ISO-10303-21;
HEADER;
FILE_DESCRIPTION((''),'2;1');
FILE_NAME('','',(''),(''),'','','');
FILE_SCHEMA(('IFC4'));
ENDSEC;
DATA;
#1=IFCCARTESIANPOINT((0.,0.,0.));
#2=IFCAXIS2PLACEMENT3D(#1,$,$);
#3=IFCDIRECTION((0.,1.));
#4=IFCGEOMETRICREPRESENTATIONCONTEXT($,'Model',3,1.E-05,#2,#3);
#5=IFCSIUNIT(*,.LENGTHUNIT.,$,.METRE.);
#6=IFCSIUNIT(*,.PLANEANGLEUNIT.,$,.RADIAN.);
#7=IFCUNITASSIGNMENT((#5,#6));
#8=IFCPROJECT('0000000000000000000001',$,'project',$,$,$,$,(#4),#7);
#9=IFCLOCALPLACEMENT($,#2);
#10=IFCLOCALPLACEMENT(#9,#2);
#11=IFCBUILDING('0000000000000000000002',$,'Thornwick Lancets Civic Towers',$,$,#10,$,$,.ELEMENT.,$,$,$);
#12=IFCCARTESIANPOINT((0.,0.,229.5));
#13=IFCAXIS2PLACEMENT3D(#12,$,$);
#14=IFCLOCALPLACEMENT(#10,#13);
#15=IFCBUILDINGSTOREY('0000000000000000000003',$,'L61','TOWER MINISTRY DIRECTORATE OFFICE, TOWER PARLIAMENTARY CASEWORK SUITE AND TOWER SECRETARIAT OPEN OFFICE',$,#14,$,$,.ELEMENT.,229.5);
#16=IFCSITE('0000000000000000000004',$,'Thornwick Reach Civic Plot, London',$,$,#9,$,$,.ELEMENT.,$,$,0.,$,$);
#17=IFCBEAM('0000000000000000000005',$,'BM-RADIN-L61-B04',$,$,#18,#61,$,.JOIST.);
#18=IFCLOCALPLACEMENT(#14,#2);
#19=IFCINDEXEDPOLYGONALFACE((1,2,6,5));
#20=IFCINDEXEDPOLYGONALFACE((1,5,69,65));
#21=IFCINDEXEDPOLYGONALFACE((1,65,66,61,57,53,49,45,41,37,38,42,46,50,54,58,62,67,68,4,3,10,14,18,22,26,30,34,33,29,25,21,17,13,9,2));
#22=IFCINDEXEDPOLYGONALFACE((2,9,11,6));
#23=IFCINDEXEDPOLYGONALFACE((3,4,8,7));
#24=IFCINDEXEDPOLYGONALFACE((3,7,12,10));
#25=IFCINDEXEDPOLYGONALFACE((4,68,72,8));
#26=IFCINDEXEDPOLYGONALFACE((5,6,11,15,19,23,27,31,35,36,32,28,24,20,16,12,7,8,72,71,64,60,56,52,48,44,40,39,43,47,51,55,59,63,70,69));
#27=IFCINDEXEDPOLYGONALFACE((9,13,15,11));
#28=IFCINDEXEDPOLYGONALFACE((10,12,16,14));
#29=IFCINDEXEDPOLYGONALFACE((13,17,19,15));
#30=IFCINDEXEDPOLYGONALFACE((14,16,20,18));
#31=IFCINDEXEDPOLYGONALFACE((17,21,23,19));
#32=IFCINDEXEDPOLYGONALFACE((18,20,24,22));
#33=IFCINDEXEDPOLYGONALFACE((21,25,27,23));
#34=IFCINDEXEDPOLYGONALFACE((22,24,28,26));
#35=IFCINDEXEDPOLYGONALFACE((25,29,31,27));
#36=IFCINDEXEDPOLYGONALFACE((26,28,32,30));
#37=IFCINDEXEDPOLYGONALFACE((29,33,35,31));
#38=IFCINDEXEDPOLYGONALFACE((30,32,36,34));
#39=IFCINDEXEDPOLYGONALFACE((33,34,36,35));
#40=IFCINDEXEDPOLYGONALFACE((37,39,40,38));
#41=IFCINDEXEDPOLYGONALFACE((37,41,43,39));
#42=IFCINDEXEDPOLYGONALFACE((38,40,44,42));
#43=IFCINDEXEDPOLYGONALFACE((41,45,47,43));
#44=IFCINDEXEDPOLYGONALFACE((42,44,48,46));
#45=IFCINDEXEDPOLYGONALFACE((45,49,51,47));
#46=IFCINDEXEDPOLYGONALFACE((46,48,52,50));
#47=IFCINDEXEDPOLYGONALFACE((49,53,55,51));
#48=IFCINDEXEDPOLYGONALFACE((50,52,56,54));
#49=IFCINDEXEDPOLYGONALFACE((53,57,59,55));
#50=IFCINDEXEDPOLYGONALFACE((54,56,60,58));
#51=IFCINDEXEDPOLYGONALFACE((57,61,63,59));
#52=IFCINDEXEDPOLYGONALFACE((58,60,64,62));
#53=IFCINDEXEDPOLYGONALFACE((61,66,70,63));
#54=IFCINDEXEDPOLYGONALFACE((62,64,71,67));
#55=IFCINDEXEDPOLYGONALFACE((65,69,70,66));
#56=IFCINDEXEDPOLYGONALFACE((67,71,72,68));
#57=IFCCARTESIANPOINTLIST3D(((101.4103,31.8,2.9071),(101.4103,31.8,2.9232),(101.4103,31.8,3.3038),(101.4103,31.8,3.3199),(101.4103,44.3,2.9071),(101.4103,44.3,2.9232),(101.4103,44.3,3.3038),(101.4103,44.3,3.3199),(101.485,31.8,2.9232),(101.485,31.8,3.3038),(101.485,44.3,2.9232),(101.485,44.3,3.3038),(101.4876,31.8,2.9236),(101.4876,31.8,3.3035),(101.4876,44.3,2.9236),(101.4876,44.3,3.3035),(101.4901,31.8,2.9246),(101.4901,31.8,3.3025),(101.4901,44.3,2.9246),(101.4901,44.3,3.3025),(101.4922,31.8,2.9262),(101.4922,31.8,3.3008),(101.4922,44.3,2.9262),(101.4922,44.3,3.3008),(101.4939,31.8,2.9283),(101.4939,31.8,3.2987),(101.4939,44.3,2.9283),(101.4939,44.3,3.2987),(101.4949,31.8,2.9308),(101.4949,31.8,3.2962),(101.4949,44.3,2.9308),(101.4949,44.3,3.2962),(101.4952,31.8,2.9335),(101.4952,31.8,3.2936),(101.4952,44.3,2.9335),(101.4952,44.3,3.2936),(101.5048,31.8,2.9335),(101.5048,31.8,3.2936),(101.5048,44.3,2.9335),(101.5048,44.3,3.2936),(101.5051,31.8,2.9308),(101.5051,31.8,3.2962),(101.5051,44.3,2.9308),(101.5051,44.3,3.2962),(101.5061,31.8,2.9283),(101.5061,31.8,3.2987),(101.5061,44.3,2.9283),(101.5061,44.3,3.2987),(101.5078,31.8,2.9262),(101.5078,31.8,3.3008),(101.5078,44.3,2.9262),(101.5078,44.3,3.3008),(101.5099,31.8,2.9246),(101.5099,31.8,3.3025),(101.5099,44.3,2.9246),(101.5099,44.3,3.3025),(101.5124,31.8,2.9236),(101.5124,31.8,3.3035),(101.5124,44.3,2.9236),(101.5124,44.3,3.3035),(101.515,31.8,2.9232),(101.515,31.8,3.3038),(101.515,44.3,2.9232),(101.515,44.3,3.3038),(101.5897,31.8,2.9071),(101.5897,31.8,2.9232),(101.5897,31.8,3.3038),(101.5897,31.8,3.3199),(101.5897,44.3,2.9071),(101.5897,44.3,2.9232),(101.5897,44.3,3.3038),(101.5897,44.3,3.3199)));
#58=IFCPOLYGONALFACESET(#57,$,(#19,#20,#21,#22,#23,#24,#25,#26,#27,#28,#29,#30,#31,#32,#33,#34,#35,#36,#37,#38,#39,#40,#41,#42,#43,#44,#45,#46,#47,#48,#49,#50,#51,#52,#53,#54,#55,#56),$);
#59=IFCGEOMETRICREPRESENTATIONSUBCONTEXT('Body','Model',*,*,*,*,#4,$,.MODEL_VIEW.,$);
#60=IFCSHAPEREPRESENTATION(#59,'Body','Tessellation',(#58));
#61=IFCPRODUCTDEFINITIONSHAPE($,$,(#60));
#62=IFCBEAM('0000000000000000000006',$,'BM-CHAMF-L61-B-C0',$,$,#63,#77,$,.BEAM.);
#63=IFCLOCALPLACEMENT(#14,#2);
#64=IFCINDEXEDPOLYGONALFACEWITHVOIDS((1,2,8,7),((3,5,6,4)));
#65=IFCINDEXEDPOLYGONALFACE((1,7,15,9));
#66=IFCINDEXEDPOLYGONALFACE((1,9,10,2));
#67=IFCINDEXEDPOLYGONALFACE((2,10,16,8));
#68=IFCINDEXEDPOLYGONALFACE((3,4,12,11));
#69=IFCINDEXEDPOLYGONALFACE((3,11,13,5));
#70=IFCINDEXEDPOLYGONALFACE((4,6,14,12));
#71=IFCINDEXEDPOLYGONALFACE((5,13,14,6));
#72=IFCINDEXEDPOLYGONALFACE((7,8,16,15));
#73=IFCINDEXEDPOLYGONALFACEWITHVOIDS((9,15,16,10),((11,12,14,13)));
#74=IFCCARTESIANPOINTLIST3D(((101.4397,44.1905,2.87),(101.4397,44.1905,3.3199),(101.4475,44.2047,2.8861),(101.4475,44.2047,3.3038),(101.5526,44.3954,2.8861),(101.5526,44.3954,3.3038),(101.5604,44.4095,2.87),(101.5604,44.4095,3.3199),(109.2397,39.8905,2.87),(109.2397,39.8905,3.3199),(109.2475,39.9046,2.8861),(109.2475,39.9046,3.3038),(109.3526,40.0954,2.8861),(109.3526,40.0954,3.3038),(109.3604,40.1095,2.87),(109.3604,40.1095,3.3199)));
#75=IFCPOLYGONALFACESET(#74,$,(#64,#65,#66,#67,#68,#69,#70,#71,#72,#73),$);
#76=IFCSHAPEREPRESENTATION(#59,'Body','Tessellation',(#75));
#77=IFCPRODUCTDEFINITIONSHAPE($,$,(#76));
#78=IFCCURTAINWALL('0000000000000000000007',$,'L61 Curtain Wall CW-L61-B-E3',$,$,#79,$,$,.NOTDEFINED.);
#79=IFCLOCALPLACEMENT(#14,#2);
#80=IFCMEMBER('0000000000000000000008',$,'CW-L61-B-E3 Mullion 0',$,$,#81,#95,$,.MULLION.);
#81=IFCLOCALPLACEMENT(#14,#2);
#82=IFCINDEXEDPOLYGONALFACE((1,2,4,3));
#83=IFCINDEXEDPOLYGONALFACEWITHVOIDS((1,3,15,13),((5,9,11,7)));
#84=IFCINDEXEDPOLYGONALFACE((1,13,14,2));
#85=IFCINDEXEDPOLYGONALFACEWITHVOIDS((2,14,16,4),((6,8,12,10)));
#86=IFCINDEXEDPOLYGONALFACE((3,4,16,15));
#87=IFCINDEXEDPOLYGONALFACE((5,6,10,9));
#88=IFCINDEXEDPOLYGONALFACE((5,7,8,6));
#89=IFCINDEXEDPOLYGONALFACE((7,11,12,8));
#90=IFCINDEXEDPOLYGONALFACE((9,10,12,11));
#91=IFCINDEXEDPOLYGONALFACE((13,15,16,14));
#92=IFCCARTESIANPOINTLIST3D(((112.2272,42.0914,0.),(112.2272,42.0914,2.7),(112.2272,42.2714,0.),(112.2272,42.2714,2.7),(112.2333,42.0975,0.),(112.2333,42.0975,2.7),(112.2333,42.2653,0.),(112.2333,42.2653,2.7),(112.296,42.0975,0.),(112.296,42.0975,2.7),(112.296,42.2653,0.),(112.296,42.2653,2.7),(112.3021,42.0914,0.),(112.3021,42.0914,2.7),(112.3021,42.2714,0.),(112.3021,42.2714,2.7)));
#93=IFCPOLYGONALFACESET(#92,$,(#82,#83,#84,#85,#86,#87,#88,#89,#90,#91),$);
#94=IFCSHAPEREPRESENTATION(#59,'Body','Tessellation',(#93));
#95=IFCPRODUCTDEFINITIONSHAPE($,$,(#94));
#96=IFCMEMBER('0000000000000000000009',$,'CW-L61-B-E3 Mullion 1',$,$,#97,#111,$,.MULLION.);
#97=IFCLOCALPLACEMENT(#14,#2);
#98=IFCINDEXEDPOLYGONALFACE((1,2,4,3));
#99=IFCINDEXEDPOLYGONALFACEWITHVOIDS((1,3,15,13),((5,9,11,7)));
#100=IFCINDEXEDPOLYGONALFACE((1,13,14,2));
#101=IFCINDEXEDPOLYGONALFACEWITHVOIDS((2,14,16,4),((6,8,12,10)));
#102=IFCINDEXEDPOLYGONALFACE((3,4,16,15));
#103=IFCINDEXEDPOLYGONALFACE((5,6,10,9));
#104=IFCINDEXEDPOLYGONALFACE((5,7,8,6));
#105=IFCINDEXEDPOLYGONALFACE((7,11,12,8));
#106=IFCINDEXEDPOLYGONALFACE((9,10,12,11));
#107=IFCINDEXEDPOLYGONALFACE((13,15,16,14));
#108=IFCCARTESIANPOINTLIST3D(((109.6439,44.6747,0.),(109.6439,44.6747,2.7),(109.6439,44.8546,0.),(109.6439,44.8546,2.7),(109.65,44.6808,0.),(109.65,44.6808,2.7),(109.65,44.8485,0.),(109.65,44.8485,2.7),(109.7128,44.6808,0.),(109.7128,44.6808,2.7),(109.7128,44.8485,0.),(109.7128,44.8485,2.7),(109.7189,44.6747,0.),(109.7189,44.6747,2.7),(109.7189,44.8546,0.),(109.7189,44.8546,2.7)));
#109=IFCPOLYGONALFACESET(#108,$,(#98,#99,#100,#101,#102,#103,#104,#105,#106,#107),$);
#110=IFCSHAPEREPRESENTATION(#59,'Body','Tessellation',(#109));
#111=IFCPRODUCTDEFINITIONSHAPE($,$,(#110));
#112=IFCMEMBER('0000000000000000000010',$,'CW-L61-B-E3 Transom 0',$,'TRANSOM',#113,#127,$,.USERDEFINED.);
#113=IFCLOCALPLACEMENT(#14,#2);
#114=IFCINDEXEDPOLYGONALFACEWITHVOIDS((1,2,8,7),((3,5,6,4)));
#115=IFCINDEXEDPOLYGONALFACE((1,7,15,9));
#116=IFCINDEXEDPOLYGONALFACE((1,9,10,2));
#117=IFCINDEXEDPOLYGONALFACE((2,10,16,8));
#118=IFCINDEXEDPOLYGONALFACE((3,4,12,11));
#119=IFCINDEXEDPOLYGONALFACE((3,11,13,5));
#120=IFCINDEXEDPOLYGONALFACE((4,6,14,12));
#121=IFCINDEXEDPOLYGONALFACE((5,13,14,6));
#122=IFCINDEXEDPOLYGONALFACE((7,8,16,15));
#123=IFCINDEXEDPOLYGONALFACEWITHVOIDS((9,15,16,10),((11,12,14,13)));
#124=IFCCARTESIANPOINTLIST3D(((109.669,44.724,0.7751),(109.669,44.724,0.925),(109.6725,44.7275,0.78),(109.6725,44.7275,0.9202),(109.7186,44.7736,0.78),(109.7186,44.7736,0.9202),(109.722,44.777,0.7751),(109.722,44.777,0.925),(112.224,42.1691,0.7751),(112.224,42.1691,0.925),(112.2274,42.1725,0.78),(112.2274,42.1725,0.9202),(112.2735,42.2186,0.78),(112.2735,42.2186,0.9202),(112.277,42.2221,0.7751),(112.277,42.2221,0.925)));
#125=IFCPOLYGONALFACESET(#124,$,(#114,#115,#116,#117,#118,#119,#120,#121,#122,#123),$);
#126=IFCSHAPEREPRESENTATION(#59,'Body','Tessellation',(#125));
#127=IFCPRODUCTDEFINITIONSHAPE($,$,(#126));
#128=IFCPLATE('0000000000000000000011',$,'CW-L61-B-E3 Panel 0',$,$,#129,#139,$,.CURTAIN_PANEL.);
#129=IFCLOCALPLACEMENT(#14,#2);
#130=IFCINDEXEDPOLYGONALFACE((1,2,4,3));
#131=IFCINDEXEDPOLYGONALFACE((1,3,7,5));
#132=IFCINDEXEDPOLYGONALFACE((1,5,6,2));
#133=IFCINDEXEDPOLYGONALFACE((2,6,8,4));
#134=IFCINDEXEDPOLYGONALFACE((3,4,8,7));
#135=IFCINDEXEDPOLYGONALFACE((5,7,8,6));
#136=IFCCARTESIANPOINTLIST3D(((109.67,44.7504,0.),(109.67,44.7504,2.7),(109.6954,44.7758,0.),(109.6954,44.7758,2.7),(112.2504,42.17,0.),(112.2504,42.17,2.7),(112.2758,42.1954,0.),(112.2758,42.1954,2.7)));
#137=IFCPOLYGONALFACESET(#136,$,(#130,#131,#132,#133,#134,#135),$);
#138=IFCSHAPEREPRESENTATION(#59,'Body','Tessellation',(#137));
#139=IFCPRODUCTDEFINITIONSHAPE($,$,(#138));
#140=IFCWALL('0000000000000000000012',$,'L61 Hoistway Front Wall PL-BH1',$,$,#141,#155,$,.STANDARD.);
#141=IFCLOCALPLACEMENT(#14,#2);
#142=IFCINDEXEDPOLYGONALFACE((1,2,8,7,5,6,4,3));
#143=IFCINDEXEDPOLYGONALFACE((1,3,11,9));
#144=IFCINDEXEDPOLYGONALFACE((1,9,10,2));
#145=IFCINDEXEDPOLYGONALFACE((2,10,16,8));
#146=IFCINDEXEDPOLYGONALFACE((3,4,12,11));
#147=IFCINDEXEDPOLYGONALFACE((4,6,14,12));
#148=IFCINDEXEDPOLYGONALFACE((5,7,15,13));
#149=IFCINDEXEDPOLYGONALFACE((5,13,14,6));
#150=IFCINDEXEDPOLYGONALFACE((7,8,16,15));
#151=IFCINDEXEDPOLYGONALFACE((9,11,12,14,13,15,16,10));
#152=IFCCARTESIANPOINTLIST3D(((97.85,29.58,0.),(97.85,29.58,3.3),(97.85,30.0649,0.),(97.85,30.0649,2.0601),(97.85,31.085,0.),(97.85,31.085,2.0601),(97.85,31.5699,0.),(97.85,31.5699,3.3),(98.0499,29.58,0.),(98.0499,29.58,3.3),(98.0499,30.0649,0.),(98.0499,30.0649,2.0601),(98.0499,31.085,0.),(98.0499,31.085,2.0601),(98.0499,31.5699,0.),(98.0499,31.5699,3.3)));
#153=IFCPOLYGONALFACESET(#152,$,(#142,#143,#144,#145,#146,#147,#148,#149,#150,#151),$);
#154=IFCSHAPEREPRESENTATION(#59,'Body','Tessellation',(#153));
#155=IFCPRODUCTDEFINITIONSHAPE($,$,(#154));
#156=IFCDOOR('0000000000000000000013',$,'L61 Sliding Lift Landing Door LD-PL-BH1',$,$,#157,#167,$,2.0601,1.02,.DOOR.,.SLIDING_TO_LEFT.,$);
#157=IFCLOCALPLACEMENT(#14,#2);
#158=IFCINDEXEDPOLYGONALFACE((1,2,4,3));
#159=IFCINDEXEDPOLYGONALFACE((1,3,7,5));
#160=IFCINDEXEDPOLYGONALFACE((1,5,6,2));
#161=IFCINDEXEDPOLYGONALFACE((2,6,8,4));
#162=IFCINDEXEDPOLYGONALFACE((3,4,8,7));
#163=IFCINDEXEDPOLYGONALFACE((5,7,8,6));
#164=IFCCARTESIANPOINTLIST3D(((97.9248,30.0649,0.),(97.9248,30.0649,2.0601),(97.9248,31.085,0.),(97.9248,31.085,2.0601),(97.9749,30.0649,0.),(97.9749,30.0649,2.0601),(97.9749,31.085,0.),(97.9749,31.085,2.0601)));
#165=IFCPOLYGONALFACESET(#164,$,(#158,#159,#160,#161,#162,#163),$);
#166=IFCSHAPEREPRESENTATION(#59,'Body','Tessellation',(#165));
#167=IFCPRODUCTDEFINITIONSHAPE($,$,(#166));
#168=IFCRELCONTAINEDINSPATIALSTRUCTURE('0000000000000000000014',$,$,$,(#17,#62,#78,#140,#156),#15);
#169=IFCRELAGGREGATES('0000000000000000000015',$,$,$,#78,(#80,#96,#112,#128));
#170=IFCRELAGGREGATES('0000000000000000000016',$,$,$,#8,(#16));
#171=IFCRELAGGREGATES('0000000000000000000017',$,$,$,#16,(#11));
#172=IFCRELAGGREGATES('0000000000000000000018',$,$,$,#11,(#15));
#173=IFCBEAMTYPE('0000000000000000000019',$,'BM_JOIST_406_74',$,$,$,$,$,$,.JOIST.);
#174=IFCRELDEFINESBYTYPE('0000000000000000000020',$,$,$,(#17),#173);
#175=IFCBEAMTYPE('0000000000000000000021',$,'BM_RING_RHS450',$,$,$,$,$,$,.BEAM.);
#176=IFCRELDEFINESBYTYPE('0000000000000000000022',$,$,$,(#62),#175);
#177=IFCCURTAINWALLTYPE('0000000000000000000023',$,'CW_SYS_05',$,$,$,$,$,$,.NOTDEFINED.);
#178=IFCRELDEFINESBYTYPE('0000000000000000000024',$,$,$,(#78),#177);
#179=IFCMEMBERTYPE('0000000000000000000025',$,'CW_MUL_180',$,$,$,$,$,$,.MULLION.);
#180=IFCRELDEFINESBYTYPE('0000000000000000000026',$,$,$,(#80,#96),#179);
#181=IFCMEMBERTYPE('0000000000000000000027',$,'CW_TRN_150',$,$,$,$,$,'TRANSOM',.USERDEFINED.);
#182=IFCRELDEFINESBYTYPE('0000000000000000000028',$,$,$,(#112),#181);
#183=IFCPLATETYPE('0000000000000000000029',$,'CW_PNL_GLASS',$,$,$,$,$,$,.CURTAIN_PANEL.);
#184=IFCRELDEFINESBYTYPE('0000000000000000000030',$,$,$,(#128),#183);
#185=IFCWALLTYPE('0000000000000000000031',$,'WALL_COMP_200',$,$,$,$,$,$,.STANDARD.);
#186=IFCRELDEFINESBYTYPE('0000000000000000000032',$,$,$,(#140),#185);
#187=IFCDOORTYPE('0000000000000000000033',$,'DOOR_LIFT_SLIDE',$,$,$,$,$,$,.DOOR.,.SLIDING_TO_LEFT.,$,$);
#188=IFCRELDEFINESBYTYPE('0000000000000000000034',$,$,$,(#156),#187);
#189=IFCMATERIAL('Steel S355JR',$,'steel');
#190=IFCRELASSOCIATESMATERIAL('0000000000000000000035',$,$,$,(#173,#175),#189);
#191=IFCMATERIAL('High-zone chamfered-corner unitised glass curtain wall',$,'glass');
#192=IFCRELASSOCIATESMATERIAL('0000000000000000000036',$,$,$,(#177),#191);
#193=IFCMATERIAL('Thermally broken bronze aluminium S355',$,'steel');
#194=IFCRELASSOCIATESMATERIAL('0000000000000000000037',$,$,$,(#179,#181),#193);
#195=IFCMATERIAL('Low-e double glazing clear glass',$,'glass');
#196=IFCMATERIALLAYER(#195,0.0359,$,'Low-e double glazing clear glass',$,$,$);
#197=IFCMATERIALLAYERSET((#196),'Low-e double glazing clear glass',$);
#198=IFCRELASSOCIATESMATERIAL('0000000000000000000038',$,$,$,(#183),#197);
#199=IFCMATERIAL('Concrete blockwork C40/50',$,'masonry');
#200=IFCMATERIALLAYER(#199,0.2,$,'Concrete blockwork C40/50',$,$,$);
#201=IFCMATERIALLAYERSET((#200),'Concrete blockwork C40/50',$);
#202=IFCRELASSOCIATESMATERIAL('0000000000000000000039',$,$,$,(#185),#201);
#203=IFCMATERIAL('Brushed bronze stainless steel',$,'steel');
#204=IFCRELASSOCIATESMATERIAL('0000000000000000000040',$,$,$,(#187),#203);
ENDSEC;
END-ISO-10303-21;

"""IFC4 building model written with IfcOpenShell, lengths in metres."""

from ifc_helpers import new_model, si_unit, direction, frame, frame_2d, origin, origin_2d, place, context, subcontext, project, spatial, rectangle, hollow_rectangle, i_section, extrude, material, layer, layer_set, material_profile, profile_set, type_object, element, fill, aggregate, save


model = new_model("IFC4")

# Units and contexts
model_context = context("Model", 3, precision=1e-05, world=origin(), true_north=direction((0.0, 1.0)))
body_context = subcontext(model_context, "Body", "Model", "MODEL_VIEW")
ifc_project = project(units=[si_unit("LENGTHUNIT", "METRE"), si_unit("PLANEANGLEUNIT", "RADIAN")], contexts=[model_context])

# Site, building, storey
site_placement = place(None, origin())
site = spatial("IfcSite", under=ifc_project, at=site_placement, Name="Thornwick Reach Civic Plot, London", CompositionType="ELEMENT", RefElevation=0.0)
building_placement = place(site_placement, origin())
building = spatial("IfcBuilding", under=site, at=building_placement, Name="Thornwick Lancets Civic Towers", CompositionType="ELEMENT")
storey_placement = place(building_placement, frame((0.0, 0.0, 229.5)))
storey = spatial("IfcBuildingStorey", under=building, at=storey_placement, Name="L61", Description="TOWER MINISTRY DIRECTORATE OFFICE, TOWER PARLIAMENTARY CASEWORK SUITE AND TOWER SECRETARIAT OPEN OFFICE", CompositionType="ELEMENT", Elevation=229.5)

# Shared definitions
ifc_material_1 = material(Name="Steel S355JR", Category="steel")

# Beams
ifc_material_profile_1 = material_profile(ifc_material_1, i_section(OverallWidth=0.1794, OverallDepth=0.4128, WebThickness=0.0095, FlangeThickness=0.0161, FilletRadius=0.0103, at=origin_2d()), Name="UKB 406x178x74")
ifc_profile_set_1 = profile_set([ifc_material_profile_1], Name="Steel S355JR")
beam_type_1 = type_object("IfcBeamType", Name="BM_JOIST_406_74", PredefinedType="JOIST", material=ifc_profile_set_1)
beam_1_placement = place(storey_placement, frame((101.5, 31.8, 3.1135), z_axis=(0.0, 1.0, 0.0), x_axis=(-1.0, 0.0, 0.0)))
element("IfcBeam", 1, at=beam_1_placement, inside=storey, type_object=beam_type_1, Name="BM-RADIN-L61-B04", PredefinedType="JOIST", context=body_context, shape_type="SweptSolid", body=[
    extrude(i_section(OverallWidth=0.1794, OverallDepth=0.4128, WebThickness=0.0095, FlangeThickness=0.0161, FilletRadius=0.0103, at=origin_2d()), origin(), (0.0, 0.0, 1.0), 12.5),
])
ifc_material_profile_2 = material_profile(ifc_material_1, hollow_rectangle(XDim=0.25, YDim=0.45, WallThickness=0.0161, at=origin_2d()), Name="RHS 450x250x16")
ifc_profile_set_2 = profile_set([ifc_material_profile_2], Name="Steel S355JR")
beam_type_2 = type_object("IfcBeamType", Name="BM_RING_RHS450", PredefinedType="BEAM", material=ifc_profile_set_2)
beam_2_placement = place(storey_placement, frame((109.3, 40.0, 3.095), z_axis=(-0.87574, 0.482782, 0.0), x_axis=(-0.482782, -0.87574, 0.0)))
element("IfcBeam", 2, at=beam_2_placement, inside=storey, type_object=beam_type_2, Name="BM-CHAMF-L61-B-C0", PredefinedType="BEAM", context=body_context, shape_type="SweptSolid", body=[
    extrude(hollow_rectangle(XDim=0.25, YDim=0.45, WallThickness=0.0161, at=origin_2d()), origin(), (0.0, 0.0, 1.0), 8.9067),
])

# Curtain wall, members, plate
ifc_material_2 = material(Name="High-zone chamfered-corner unitised glass curtain wall", Category="glass")
curtain_wall_type = type_object("IfcCurtainWallType", Name="CW_SYS_05", PredefinedType="NOTDEFINED", material=ifc_material_2)
curtain_wall_placement = place(storey_placement, origin())
curtain_wall = element("IfcCurtainWall", 3, at=curtain_wall_placement, inside=storey, type_object=curtain_wall_type, Name="L61 Curtain Wall CW-L61-B-E3", PredefinedType="NOTDEFINED")
ifc_material_3 = material(Name="Thermally broken bronze aluminium S355", Category="steel")
ifc_material_profile_3 = material_profile(ifc_material_3, hollow_rectangle(XDim=0.075, YDim=0.1799, WallThickness=0.0061, at=origin_2d()), Name="RHS 180x75x6")
ifc_profile_set_3 = profile_set([ifc_material_profile_3], Name="Thermally broken bronze aluminium S355")
member_type_1 = type_object("IfcMemberType", Name="CW_MUL_180", PredefinedType="MULLION", material=ifc_profile_set_3)
member_1_placement = place(storey_placement, frame((112.2646, 42.1814, 0.0), z_axis=(0.0, 0.0, 1.0), x_axis=(1.0, 0.0, 0.0)))
member_1 = element("IfcMember", 4, at=member_1_placement, type_object=member_type_1, Name="CW-L61-B-E3 Mullion 0", PredefinedType="MULLION", context=body_context, shape_type="SweptSolid", body=[
    extrude(hollow_rectangle(XDim=0.075, YDim=0.1799, WallThickness=0.0061, at=origin_2d()), origin(), (0.0, 0.0, 1.0), 2.7),
])
member_2_placement = place(storey_placement, frame((109.6814, 44.7646, 0.0), z_axis=(0.0, 0.0, 1.0), x_axis=(1.0, 0.0, 0.0)))
member_2 = element("IfcMember", 5, at=member_2_placement, type_object=member_type_1, Name="CW-L61-B-E3 Mullion 1", PredefinedType="MULLION", context=body_context, shape_type="SweptSolid", body=[
    extrude(hollow_rectangle(XDim=0.075, YDim=0.1799, WallThickness=0.0061, at=origin_2d()), origin(), (0.0, 0.0, 1.0), 2.7),
])
ifc_material_profile_4 = material_profile(ifc_material_3, hollow_rectangle(XDim=0.075, YDim=0.1499, WallThickness=0.0049, at=origin_2d()), Name="RHS 150x75x5")
ifc_profile_set_4 = profile_set([ifc_material_profile_4], Name="Thermally broken bronze aluminium S355")
member_type_2 = type_object("IfcMemberType", Name="CW_TRN_150", ElementType="TRANSOM", PredefinedType="USERDEFINED", material=ifc_profile_set_4)
member_3_placement = place(storey_placement, frame((112.2505, 42.1956, 0.8501), z_axis=(-0.707107, 0.707107, 0.0), x_axis=(-0.707107, -0.707107, 0.0)))
member_3 = element("IfcMember", 6, at=member_3_placement, type_object=member_type_2, Name="CW-L61-B-E3 Transom 0", ObjectType="TRANSOM", PredefinedType="USERDEFINED", context=body_context, shape_type="SweptSolid", body=[
    extrude(hollow_rectangle(XDim=0.075, YDim=0.1499, WallThickness=0.0049, at=origin_2d()), origin(), (0.0, 0.0, 1.0), 3.6133),
])
ifc_material_4 = material(Name="Low-e double glazing clear glass", Category="glass")
ifc_layer_1 = layer(ifc_material_4, 0.0359, Name="Low-e double glazing clear glass")
ifc_layer_set_1 = layer_set([ifc_layer_1], Name="Low-e double glazing clear glass")
plate_type = type_object("IfcPlateType", Name="CW_PNL_GLASS", PredefinedType="CURTAIN_PANEL", material=ifc_layer_set_1)
plate_placement = place(storey_placement, frame((110.9729, 43.4729, 0.0), z_axis=(0.0, 0.0, 1.0), x_axis=(-0.707107, 0.707107, 0.0)))
plate = element("IfcPlate", 7, at=plate_placement, type_object=plate_type, Name="CW-L61-B-E3 Panel 0", PredefinedType="CURTAIN_PANEL", context=body_context, shape_type="SweptSolid", body=[
    extrude(rectangle(XDim=3.6492, YDim=0.0359, at=origin_2d()), origin(), (0.0, 0.0, 1.0), 2.7),
])
aggregate(curtain_wall, [member_1, member_2, member_3, plate])

# Wall, opening, door
ifc_material_5 = material(Name="Concrete blockwork C40/50", Category="masonry")
ifc_layer_2 = layer(ifc_material_5, 0.2, Name="Concrete blockwork C40/50")
ifc_layer_set_2 = layer_set([ifc_layer_2], Name="Concrete blockwork C40/50")
wall_type_1 = type_object("IfcWallType", Name="WALL_COMP_200", PredefinedType="STANDARD", material=ifc_layer_set_2)
wall_1_placement = place(storey_placement, frame((97.95, 31.5701, 0.0), z_axis=(0.0, 0.0, 1.0), x_axis=(0.0, -1.0, 0.0)))
wall_1 = element("IfcWall", 8, at=wall_1_placement, inside=storey, type_object=wall_type_1, Name="L61 Hoistway Front Wall PL-BH1", PredefinedType="STANDARD", context=body_context, shape_type="SweptSolid", body=[
    extrude(rectangle(XDim=1.99, YDim=0.2, at=frame_2d((0.9951, 0.0))), origin(), (0.0, 0.0, 1.0), 3.3),
])
opening_1_placement = place(wall_1_placement, frame((0.4851, 0.0, 0.0)))
opening_1 = element("IfcOpeningElement", 9, at=opening_1_placement, cuts=wall_1, PredefinedType="OPENING", context=body_context, shape_type="SweptSolid", body=[
    extrude(rectangle(XDim=1.02, YDim=2.0601, at=frame_2d((0.51, 1.03))), frame((0.0, 0.1099, 0.0), z_axis=(0.0, -1.0, 0.0), x_axis=(1.0, 0.0, 0.0)), (0.0, 0.0, 1.0), 0.22),
])
ifc_material_6 = material(Name="Brushed bronze stainless steel", Category="steel")
door_type_1 = type_object("IfcDoorType", Name="DOOR_LIFT_SLIDE", OperationType="SLIDING_TO_LEFT", PredefinedType="DOOR", material=ifc_material_6)
door_1_placement = place(opening_1_placement, origin())
door_1 = element("IfcDoor", 10, at=door_1_placement, inside=storey, type_object=door_type_1, Name="L61 Sliding Lift Landing Door LD-PL-BH1", OperationType="SLIDING_TO_LEFT", OverallHeight=2.0601, OverallWidth=1.02, PredefinedType="DOOR", context=body_context, shape_type="SweptSolid", body=[
    extrude(rectangle(XDim=1.02, YDim=2.0601, at=frame_2d((0.51, 1.03))), frame((0.0, 0.0249, 0.0), z_axis=(0.0, -1.0, 0.0), x_axis=(1.0, 0.0, 0.0)), (0.0, 0.0, 1.0), 0.05),
])
fill(opening_1, door_1)

save(model, "model.ifc")
